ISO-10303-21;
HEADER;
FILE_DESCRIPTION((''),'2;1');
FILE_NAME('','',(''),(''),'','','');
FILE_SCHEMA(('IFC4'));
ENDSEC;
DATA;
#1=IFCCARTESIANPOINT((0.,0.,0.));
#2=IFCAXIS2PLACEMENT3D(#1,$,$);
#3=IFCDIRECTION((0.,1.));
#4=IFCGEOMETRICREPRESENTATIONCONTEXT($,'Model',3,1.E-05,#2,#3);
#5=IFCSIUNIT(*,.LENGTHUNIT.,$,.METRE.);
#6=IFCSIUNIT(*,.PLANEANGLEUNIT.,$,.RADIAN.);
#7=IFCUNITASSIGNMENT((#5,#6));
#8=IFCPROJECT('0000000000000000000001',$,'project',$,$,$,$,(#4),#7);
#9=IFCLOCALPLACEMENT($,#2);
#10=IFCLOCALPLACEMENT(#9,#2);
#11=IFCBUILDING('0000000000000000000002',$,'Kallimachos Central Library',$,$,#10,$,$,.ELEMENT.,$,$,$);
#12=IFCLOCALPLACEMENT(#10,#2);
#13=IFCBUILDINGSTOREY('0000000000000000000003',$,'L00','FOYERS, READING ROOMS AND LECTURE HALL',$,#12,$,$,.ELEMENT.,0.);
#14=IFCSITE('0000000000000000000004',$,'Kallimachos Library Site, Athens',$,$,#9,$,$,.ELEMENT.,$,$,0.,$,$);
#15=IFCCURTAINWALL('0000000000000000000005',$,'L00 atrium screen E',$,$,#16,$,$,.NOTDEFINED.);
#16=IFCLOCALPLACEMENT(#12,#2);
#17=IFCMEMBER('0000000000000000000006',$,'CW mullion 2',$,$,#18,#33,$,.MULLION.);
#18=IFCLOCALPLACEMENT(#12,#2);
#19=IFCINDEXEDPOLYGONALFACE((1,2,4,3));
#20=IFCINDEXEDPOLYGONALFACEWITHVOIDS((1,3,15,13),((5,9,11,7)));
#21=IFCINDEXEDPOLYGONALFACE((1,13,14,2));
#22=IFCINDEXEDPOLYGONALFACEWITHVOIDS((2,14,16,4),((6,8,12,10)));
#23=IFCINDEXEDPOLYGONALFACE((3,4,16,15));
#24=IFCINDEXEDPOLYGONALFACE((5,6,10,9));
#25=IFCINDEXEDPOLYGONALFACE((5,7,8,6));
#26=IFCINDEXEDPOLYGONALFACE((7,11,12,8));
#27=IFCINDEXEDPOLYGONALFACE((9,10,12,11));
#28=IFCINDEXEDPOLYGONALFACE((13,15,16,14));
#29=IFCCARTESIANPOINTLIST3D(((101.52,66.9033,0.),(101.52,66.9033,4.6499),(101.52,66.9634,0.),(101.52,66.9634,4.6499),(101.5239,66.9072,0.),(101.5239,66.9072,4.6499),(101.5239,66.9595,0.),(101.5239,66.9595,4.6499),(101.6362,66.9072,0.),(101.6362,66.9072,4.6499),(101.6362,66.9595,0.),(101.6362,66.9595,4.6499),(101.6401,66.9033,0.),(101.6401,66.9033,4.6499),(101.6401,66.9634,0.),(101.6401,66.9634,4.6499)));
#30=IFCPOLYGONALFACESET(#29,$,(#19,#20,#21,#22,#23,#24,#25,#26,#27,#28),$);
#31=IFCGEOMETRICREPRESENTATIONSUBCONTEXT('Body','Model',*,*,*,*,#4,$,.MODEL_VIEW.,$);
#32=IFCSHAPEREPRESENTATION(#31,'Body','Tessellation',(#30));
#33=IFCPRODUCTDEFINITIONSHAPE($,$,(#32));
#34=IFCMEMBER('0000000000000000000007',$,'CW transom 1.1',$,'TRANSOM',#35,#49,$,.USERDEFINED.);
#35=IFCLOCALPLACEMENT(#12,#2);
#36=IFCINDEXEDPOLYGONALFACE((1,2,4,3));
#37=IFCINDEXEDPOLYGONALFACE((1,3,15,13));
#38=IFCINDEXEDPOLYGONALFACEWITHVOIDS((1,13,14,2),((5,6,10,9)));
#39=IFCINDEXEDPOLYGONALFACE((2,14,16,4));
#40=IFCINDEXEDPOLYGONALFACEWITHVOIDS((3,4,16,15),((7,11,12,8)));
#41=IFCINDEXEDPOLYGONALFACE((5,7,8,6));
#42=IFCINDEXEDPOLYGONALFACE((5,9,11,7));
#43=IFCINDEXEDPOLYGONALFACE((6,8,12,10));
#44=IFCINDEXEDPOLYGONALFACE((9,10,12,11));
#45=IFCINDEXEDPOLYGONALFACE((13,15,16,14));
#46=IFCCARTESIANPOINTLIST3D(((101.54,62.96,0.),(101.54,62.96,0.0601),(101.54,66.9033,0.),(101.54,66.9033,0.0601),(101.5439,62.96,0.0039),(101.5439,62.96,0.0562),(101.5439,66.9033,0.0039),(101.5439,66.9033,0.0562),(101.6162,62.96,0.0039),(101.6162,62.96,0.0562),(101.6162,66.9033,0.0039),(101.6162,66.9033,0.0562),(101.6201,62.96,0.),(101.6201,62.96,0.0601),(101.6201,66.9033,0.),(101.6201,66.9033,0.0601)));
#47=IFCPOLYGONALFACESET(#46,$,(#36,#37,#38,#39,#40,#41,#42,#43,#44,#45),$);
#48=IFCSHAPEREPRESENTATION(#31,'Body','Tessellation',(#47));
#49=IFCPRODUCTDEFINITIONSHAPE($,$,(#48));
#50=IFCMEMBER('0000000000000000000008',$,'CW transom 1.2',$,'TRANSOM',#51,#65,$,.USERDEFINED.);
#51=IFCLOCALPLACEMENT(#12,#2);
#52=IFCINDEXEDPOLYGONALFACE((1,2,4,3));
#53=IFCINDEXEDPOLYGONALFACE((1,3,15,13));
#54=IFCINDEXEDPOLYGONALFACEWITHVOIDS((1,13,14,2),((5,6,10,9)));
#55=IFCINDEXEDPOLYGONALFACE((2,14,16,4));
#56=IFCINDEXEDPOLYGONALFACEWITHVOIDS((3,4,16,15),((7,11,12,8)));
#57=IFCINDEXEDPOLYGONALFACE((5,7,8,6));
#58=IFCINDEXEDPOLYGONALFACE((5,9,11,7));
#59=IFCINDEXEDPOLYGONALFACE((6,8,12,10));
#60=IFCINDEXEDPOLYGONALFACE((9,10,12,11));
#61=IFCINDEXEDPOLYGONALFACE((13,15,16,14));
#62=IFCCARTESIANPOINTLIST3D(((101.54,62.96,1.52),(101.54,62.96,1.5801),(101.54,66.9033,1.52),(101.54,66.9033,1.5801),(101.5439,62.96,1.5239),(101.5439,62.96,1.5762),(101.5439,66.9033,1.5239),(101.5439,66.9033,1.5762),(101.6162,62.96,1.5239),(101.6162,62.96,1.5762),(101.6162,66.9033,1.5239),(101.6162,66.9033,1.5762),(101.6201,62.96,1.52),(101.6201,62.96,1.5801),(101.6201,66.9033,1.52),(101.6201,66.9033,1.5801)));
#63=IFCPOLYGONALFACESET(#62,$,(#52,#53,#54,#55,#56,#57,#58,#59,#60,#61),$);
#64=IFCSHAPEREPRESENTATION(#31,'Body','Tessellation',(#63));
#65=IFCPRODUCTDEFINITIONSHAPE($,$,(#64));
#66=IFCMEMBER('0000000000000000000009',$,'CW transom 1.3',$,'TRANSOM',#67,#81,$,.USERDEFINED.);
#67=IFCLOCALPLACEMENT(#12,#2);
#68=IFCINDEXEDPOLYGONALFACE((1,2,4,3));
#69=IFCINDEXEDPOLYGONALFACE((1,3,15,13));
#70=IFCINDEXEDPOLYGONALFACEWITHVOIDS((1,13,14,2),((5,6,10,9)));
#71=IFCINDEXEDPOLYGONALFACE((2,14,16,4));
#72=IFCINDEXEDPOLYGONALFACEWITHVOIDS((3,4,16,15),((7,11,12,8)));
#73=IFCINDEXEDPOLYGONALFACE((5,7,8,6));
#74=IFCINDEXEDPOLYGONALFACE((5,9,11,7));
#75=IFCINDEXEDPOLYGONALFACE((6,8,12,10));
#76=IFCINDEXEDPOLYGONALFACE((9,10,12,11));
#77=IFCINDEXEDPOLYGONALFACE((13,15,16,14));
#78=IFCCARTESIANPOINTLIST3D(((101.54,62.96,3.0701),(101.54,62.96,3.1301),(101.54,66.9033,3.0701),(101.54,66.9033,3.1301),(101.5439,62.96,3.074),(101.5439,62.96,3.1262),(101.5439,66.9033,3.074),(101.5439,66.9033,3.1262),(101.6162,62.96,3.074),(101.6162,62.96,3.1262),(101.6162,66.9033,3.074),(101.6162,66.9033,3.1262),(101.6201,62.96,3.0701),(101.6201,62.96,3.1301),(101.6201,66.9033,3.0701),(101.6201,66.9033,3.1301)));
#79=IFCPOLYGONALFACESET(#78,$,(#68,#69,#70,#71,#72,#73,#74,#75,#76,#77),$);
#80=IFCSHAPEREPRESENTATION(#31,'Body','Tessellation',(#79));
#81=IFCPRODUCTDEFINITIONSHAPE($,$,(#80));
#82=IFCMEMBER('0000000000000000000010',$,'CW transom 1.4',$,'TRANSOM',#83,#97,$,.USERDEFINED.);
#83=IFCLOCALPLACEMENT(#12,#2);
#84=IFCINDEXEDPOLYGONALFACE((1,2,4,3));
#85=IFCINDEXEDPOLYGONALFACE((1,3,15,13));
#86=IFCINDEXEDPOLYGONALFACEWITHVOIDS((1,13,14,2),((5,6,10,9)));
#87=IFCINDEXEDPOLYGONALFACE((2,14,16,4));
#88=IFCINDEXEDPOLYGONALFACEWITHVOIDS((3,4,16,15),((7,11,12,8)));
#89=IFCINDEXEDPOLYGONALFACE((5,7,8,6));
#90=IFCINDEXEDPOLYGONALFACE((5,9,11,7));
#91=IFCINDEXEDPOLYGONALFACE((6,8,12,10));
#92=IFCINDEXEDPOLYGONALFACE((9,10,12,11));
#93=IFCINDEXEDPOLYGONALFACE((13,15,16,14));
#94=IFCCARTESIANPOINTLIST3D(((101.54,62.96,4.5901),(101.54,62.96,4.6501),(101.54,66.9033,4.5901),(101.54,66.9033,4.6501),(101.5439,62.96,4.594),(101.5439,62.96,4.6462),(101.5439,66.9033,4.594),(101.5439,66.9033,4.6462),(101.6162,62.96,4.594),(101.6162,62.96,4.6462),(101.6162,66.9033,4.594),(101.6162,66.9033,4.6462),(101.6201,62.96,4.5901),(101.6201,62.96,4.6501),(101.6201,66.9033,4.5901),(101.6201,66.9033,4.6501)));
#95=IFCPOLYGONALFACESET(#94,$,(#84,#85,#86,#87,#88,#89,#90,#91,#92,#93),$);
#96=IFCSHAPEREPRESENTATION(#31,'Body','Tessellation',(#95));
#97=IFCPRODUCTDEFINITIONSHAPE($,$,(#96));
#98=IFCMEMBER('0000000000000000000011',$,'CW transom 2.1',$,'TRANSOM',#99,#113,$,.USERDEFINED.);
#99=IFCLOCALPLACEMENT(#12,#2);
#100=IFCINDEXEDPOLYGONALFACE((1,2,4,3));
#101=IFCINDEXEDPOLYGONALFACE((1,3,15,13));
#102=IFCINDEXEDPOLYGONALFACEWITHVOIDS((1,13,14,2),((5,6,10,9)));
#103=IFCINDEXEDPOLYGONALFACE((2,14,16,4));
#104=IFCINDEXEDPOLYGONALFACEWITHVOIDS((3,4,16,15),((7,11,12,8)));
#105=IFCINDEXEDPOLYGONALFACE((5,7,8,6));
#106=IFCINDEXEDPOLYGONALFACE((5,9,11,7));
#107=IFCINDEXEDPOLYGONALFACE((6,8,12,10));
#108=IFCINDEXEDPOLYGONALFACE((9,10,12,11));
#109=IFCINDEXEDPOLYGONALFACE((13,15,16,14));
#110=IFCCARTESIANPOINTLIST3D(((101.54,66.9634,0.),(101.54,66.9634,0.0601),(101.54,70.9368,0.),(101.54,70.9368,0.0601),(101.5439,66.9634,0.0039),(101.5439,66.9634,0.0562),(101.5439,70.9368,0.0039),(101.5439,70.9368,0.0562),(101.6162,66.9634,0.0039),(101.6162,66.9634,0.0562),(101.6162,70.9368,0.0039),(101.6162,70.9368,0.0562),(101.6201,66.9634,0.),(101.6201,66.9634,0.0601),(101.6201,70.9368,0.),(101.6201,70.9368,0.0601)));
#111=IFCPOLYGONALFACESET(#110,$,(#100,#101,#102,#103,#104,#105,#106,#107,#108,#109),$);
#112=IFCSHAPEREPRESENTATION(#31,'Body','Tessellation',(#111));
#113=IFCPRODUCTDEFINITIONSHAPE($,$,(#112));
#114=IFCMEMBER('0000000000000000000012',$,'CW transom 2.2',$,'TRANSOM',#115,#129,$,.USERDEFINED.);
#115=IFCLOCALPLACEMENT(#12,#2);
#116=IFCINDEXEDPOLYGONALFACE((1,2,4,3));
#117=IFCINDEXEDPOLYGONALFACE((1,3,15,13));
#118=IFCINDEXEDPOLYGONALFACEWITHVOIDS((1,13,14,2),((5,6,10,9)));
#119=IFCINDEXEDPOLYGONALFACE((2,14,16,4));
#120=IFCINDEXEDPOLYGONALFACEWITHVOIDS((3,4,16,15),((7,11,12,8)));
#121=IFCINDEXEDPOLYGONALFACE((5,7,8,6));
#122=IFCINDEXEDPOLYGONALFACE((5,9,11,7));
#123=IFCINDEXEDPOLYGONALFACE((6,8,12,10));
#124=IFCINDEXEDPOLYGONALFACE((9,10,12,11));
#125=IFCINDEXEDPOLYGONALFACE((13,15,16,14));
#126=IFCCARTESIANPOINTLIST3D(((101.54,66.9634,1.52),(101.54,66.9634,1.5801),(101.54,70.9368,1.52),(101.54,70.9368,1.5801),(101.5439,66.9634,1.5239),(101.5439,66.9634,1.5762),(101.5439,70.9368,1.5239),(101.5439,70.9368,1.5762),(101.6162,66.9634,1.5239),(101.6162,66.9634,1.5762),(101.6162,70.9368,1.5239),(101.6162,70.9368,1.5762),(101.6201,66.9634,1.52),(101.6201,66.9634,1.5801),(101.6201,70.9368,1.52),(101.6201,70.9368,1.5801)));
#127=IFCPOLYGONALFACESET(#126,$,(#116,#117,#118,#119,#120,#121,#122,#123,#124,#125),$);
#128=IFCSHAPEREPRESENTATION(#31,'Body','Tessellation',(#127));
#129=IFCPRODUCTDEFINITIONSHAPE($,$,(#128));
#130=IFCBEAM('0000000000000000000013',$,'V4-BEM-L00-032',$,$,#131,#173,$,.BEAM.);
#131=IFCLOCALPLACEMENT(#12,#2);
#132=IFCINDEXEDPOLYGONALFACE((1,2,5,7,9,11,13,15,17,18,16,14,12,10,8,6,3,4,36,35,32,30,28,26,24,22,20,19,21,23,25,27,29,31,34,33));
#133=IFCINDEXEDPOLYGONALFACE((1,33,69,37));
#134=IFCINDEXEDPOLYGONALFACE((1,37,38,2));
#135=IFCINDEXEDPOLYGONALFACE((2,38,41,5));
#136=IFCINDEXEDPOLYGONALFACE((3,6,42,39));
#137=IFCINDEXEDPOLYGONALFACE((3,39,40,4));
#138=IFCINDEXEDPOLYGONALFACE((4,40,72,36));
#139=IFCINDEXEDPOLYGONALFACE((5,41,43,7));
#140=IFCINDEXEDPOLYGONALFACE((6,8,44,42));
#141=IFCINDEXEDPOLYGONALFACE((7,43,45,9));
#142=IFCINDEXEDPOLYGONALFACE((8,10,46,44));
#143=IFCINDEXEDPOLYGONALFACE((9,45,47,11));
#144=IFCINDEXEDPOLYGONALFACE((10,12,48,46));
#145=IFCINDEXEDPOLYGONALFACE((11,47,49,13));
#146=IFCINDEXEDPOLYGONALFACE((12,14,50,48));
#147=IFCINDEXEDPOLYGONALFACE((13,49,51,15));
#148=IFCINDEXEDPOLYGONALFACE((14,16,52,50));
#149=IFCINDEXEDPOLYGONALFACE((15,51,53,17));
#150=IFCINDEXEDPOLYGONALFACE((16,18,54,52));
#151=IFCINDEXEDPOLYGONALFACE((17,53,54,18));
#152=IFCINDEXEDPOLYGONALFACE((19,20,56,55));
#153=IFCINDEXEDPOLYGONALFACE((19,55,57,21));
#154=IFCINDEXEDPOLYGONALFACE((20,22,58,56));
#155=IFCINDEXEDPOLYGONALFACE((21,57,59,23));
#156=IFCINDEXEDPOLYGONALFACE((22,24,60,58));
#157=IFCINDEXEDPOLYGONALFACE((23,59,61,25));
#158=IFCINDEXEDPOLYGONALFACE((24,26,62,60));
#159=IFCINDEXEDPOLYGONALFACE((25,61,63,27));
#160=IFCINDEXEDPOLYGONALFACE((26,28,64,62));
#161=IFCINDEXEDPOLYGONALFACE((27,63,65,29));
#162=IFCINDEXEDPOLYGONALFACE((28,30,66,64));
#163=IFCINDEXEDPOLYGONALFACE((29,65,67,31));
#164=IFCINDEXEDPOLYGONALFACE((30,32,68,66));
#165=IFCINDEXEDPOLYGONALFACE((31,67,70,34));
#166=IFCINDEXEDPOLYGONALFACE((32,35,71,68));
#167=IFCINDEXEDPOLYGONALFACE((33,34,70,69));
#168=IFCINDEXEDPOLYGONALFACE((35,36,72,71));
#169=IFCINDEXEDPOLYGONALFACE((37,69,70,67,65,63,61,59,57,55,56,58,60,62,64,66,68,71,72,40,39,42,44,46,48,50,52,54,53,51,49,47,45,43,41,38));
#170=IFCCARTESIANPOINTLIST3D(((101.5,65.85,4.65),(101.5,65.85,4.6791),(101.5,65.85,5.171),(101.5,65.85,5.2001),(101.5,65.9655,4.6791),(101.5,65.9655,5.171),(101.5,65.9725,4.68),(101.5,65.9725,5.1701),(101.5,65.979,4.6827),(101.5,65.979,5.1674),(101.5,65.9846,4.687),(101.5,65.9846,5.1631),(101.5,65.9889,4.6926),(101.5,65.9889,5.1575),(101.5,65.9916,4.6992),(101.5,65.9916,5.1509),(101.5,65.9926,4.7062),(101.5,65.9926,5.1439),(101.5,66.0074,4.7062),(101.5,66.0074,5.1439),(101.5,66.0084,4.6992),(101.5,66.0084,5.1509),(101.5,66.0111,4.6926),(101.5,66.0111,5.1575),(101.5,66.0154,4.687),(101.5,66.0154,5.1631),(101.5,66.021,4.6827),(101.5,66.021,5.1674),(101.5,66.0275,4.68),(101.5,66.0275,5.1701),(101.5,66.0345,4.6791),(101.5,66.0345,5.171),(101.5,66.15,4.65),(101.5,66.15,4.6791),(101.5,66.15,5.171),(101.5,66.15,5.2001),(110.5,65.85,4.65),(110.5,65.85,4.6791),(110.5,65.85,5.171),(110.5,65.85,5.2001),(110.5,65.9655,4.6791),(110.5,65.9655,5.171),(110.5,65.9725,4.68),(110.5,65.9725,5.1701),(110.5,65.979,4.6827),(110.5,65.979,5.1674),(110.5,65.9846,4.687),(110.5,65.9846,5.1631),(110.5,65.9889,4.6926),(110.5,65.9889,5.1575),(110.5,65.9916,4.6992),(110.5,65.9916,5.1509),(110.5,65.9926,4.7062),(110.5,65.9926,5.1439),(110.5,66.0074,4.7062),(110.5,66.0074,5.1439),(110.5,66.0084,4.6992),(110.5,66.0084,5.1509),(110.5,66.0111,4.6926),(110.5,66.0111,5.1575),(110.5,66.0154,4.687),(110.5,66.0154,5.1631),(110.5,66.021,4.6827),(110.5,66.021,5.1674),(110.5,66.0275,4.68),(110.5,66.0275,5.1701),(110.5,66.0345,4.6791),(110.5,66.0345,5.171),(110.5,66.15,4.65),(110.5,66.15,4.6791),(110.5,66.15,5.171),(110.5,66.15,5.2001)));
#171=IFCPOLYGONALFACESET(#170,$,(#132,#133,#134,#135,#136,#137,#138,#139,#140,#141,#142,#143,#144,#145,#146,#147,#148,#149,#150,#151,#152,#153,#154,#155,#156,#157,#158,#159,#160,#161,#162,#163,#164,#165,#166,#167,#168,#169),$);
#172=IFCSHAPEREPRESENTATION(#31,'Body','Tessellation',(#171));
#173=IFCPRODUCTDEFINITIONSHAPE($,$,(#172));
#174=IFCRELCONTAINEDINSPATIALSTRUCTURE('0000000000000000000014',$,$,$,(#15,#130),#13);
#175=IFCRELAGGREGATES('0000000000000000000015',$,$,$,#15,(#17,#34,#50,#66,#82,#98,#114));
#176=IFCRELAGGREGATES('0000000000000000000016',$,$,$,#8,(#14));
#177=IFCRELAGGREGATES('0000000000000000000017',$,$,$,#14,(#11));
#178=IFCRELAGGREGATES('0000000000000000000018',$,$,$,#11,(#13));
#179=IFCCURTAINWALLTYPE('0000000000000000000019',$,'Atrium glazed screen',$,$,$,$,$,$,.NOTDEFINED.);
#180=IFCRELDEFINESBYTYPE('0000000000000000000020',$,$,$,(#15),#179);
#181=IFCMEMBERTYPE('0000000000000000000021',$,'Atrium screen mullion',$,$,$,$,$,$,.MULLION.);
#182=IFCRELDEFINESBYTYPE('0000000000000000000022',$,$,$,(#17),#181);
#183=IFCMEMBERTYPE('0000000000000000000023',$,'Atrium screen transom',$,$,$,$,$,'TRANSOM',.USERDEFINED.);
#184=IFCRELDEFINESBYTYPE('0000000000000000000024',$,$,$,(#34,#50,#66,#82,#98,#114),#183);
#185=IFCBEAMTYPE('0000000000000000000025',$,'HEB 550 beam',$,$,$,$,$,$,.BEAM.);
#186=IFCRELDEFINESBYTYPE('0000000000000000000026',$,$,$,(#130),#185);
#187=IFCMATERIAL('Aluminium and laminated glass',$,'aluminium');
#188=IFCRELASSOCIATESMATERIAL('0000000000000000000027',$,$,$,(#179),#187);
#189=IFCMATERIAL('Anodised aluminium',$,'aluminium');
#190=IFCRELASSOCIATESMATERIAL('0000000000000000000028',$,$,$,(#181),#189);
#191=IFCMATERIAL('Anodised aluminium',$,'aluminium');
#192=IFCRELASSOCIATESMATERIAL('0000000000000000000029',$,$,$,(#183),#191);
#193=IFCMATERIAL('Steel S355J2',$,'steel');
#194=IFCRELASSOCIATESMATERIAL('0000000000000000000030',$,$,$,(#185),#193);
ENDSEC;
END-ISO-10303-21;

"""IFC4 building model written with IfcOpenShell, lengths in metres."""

from ifc_helpers import new_model, si_unit, direction, frame, origin, origin_2d, place, context, subcontext, project, spatial, hollow_rectangle, i_section, extrude, material, material_profile, profile_set, type_object, element, aggregate, save


model = new_model("IFC4")

# Units and contexts
model_context = context("Model", 3, precision=1e-05, world=origin(), true_north=direction((0.0, 1.0)))
body_context = subcontext(model_context, "Body", "Model", "MODEL_VIEW")
ifc_project = project(units=[si_unit("LENGTHUNIT", "METRE"), si_unit("PLANEANGLEUNIT", "RADIAN")], contexts=[model_context])

# Site, building, storey
site_placement = place(None, origin())
site = spatial("IfcSite", under=ifc_project, at=site_placement, Name="Kallimachos Library Site, Athens", CompositionType="ELEMENT", RefElevation=0.0)
building_placement = place(site_placement, origin())
building = spatial("IfcBuilding", under=site, at=building_placement, Name="Kallimachos Central Library", CompositionType="ELEMENT")
storey_placement = place(building_placement, origin())
storey = spatial("IfcBuildingStorey", under=building, at=storey_placement, Name="L00", Description="FOYERS, READING ROOMS AND LECTURE HALL", CompositionType="ELEMENT", Elevation=0.0)

# Shared definitions
ifc_material_1 = material(Name="Aluminium and laminated glass", Category="aluminium")
curtain_wall_type = type_object("IfcCurtainWallType", Name="Atrium glazed screen", PredefinedType="NOTDEFINED", material=ifc_material_1)
ifc_material_2 = material(Name="Anodised aluminium", Category="aluminium")
ifc_material_profile_1 = material_profile(ifc_material_2, hollow_rectangle(XDim=0.0601, YDim=0.1201, WallThickness=0.0039, at=origin_2d()), Name="ALU MULLION 60x120")
ifc_profile_set_1 = profile_set([ifc_material_profile_1], Name="Anodised aluminium")
member_type_1 = type_object("IfcMemberType", Name="Atrium screen mullion", PredefinedType="MULLION", material=ifc_profile_set_1)

# Curtain wall, members
curtain_wall_1_placement = place(storey_placement, origin())
curtain_wall_1 = element("IfcCurtainWall", 1, at=curtain_wall_1_placement, inside=storey, type_object=curtain_wall_type, Name="L00 atrium screen E", PredefinedType="NOTDEFINED")
member_1_placement = place(storey_placement, frame((101.5801, 66.9333, 0.0), z_axis=(0.0, 0.0, 1.0), x_axis=(0.0, 1.0, 0.0)))
member_1 = element("IfcMember", 2, at=member_1_placement, type_object=member_type_1, Name="CW mullion 2", PredefinedType="MULLION", context=body_context, shape_type="SweptSolid", body=[
    extrude(hollow_rectangle(XDim=0.0601, YDim=0.1201, WallThickness=0.0039, at=origin_2d()), origin(), (0.0, 0.0, 1.0), 4.6499),
])
ifc_material_3 = material(Name="Anodised aluminium", Category="aluminium")
ifc_material_profile_2 = material_profile(ifc_material_3, hollow_rectangle(XDim=0.0601, YDim=0.0801, WallThickness=0.0039, at=origin_2d()), Name="ALU TRANSOM 60x80")
ifc_profile_set_2 = profile_set([ifc_material_profile_2], Name="Anodised aluminium")
member_type_2 = type_object("IfcMemberType", Name="Atrium screen transom", ElementType="TRANSOM", PredefinedType="USERDEFINED", material=ifc_profile_set_2)
member_2_placement = place(storey_placement, frame((101.5801, 62.96, 0.03), z_axis=(0.0, 1.0, 0.0), x_axis=(0.0, 0.0, 1.0)))
member_2 = element("IfcMember", 3, at=member_2_placement, type_object=member_type_2, Name="CW transom 1.1", ObjectType="TRANSOM", PredefinedType="USERDEFINED", context=body_context, shape_type="SweptSolid", body=[
    extrude(hollow_rectangle(XDim=0.0601, YDim=0.0801, WallThickness=0.0039, at=origin_2d()), origin(), (0.0, 0.0, 1.0), 3.9434),
])
member_3_placement = place(storey_placement, frame((101.5801, 62.96, 1.55), z_axis=(0.0, 1.0, 0.0), x_axis=(0.0, 0.0, 1.0)))
member_3 = element("IfcMember", 4, at=member_3_placement, type_object=member_type_2, Name="CW transom 1.2", ObjectType="TRANSOM", PredefinedType="USERDEFINED", context=body_context, shape_type="SweptSolid", body=[
    extrude(hollow_rectangle(XDim=0.0601, YDim=0.0801, WallThickness=0.0039, at=origin_2d()), origin(), (0.0, 0.0, 1.0), 3.9434),
])
member_4_placement = place(storey_placement, frame((101.5801, 62.96, 3.1001), z_axis=(0.0, 1.0, 0.0), x_axis=(0.0, 0.0, 1.0)))
member_4 = element("IfcMember", 5, at=member_4_placement, type_object=member_type_2, Name="CW transom 1.3", ObjectType="TRANSOM", PredefinedType="USERDEFINED", context=body_context, shape_type="SweptSolid", body=[
    extrude(hollow_rectangle(XDim=0.0601, YDim=0.0801, WallThickness=0.0039, at=origin_2d()), origin(), (0.0, 0.0, 1.0), 3.9434),
])
member_5_placement = place(storey_placement, frame((101.5801, 62.96, 4.6201), z_axis=(0.0, 1.0, 0.0), x_axis=(0.0, 0.0, 1.0)))
member_5 = element("IfcMember", 6, at=member_5_placement, type_object=member_type_2, Name="CW transom 1.4", ObjectType="TRANSOM", PredefinedType="USERDEFINED", context=body_context, shape_type="SweptSolid", body=[
    extrude(hollow_rectangle(XDim=0.0601, YDim=0.0801, WallThickness=0.0039, at=origin_2d()), origin(), (0.0, 0.0, 1.0), 3.9434),
])
member_6_placement = place(storey_placement, frame((101.5801, 66.9634, 0.03), z_axis=(0.0, 1.0, 0.0), x_axis=(0.0, 0.0, 1.0)))
member_6 = element("IfcMember", 7, at=member_6_placement, type_object=member_type_2, Name="CW transom 2.1", ObjectType="TRANSOM", PredefinedType="USERDEFINED", context=body_context, shape_type="SweptSolid", body=[
    extrude(hollow_rectangle(XDim=0.0601, YDim=0.0801, WallThickness=0.0039, at=origin_2d()), origin(), (0.0, 0.0, 1.0), 3.9734),
])
member_7_placement = place(storey_placement, frame((101.5801, 66.9634, 1.55), z_axis=(0.0, 1.0, 0.0), x_axis=(0.0, 0.0, 1.0)))
member_7 = element("IfcMember", 8, at=member_7_placement, type_object=member_type_2, Name="CW transom 2.2", ObjectType="TRANSOM", PredefinedType="USERDEFINED", context=body_context, shape_type="SweptSolid", body=[
    extrude(hollow_rectangle(XDim=0.0601, YDim=0.0801, WallThickness=0.0039, at=origin_2d()), origin(), (0.0, 0.0, 1.0), 3.9734),
])

# Beam
ifc_material_4 = material(Name="Steel S355J2", Category="steel")
ifc_material_profile_3 = material_profile(ifc_material_4, i_section(OverallWidth=0.3, OverallDepth=0.55, WebThickness=0.0149, FlangeThickness=0.0291, FilletRadius=0.0271, at=origin_2d()), Name="HEB 550")
ifc_profile_set_3 = profile_set([ifc_material_profile_3], Name="Steel S355J2")
beam_type_1 = type_object("IfcBeamType", Name="HEB 550 beam", PredefinedType="BEAM", material=ifc_profile_set_3)
for number, where, z_axis, x_axis, name in (
    (9, (101.5, 66.0, 4.925), (1.0, 0.0, 0.0), (0.0, 1.0, 0.0), "V4-BEM-L00-032"),
):
    element("IfcBeam", number, at=place(storey_placement, frame(where, z_axis=z_axis, x_axis=x_axis)), inside=storey, type_object=beam_type_1, Name=name, PredefinedType="BEAM", context=body_context, shape_type="SweptSolid", body=[
        extrude(i_section(OverallWidth=0.3, OverallDepth=0.55, WebThickness=0.0149, FlangeThickness=0.0291, FilletRadius=0.0271, at=origin_2d()), origin(), (0.0, 0.0, 1.0), 9.0),
    ])

aggregate(curtain_wall_1, [member_1, member_2, member_3, member_4, member_5, member_6, member_7])

save(model, "model.ifc")
